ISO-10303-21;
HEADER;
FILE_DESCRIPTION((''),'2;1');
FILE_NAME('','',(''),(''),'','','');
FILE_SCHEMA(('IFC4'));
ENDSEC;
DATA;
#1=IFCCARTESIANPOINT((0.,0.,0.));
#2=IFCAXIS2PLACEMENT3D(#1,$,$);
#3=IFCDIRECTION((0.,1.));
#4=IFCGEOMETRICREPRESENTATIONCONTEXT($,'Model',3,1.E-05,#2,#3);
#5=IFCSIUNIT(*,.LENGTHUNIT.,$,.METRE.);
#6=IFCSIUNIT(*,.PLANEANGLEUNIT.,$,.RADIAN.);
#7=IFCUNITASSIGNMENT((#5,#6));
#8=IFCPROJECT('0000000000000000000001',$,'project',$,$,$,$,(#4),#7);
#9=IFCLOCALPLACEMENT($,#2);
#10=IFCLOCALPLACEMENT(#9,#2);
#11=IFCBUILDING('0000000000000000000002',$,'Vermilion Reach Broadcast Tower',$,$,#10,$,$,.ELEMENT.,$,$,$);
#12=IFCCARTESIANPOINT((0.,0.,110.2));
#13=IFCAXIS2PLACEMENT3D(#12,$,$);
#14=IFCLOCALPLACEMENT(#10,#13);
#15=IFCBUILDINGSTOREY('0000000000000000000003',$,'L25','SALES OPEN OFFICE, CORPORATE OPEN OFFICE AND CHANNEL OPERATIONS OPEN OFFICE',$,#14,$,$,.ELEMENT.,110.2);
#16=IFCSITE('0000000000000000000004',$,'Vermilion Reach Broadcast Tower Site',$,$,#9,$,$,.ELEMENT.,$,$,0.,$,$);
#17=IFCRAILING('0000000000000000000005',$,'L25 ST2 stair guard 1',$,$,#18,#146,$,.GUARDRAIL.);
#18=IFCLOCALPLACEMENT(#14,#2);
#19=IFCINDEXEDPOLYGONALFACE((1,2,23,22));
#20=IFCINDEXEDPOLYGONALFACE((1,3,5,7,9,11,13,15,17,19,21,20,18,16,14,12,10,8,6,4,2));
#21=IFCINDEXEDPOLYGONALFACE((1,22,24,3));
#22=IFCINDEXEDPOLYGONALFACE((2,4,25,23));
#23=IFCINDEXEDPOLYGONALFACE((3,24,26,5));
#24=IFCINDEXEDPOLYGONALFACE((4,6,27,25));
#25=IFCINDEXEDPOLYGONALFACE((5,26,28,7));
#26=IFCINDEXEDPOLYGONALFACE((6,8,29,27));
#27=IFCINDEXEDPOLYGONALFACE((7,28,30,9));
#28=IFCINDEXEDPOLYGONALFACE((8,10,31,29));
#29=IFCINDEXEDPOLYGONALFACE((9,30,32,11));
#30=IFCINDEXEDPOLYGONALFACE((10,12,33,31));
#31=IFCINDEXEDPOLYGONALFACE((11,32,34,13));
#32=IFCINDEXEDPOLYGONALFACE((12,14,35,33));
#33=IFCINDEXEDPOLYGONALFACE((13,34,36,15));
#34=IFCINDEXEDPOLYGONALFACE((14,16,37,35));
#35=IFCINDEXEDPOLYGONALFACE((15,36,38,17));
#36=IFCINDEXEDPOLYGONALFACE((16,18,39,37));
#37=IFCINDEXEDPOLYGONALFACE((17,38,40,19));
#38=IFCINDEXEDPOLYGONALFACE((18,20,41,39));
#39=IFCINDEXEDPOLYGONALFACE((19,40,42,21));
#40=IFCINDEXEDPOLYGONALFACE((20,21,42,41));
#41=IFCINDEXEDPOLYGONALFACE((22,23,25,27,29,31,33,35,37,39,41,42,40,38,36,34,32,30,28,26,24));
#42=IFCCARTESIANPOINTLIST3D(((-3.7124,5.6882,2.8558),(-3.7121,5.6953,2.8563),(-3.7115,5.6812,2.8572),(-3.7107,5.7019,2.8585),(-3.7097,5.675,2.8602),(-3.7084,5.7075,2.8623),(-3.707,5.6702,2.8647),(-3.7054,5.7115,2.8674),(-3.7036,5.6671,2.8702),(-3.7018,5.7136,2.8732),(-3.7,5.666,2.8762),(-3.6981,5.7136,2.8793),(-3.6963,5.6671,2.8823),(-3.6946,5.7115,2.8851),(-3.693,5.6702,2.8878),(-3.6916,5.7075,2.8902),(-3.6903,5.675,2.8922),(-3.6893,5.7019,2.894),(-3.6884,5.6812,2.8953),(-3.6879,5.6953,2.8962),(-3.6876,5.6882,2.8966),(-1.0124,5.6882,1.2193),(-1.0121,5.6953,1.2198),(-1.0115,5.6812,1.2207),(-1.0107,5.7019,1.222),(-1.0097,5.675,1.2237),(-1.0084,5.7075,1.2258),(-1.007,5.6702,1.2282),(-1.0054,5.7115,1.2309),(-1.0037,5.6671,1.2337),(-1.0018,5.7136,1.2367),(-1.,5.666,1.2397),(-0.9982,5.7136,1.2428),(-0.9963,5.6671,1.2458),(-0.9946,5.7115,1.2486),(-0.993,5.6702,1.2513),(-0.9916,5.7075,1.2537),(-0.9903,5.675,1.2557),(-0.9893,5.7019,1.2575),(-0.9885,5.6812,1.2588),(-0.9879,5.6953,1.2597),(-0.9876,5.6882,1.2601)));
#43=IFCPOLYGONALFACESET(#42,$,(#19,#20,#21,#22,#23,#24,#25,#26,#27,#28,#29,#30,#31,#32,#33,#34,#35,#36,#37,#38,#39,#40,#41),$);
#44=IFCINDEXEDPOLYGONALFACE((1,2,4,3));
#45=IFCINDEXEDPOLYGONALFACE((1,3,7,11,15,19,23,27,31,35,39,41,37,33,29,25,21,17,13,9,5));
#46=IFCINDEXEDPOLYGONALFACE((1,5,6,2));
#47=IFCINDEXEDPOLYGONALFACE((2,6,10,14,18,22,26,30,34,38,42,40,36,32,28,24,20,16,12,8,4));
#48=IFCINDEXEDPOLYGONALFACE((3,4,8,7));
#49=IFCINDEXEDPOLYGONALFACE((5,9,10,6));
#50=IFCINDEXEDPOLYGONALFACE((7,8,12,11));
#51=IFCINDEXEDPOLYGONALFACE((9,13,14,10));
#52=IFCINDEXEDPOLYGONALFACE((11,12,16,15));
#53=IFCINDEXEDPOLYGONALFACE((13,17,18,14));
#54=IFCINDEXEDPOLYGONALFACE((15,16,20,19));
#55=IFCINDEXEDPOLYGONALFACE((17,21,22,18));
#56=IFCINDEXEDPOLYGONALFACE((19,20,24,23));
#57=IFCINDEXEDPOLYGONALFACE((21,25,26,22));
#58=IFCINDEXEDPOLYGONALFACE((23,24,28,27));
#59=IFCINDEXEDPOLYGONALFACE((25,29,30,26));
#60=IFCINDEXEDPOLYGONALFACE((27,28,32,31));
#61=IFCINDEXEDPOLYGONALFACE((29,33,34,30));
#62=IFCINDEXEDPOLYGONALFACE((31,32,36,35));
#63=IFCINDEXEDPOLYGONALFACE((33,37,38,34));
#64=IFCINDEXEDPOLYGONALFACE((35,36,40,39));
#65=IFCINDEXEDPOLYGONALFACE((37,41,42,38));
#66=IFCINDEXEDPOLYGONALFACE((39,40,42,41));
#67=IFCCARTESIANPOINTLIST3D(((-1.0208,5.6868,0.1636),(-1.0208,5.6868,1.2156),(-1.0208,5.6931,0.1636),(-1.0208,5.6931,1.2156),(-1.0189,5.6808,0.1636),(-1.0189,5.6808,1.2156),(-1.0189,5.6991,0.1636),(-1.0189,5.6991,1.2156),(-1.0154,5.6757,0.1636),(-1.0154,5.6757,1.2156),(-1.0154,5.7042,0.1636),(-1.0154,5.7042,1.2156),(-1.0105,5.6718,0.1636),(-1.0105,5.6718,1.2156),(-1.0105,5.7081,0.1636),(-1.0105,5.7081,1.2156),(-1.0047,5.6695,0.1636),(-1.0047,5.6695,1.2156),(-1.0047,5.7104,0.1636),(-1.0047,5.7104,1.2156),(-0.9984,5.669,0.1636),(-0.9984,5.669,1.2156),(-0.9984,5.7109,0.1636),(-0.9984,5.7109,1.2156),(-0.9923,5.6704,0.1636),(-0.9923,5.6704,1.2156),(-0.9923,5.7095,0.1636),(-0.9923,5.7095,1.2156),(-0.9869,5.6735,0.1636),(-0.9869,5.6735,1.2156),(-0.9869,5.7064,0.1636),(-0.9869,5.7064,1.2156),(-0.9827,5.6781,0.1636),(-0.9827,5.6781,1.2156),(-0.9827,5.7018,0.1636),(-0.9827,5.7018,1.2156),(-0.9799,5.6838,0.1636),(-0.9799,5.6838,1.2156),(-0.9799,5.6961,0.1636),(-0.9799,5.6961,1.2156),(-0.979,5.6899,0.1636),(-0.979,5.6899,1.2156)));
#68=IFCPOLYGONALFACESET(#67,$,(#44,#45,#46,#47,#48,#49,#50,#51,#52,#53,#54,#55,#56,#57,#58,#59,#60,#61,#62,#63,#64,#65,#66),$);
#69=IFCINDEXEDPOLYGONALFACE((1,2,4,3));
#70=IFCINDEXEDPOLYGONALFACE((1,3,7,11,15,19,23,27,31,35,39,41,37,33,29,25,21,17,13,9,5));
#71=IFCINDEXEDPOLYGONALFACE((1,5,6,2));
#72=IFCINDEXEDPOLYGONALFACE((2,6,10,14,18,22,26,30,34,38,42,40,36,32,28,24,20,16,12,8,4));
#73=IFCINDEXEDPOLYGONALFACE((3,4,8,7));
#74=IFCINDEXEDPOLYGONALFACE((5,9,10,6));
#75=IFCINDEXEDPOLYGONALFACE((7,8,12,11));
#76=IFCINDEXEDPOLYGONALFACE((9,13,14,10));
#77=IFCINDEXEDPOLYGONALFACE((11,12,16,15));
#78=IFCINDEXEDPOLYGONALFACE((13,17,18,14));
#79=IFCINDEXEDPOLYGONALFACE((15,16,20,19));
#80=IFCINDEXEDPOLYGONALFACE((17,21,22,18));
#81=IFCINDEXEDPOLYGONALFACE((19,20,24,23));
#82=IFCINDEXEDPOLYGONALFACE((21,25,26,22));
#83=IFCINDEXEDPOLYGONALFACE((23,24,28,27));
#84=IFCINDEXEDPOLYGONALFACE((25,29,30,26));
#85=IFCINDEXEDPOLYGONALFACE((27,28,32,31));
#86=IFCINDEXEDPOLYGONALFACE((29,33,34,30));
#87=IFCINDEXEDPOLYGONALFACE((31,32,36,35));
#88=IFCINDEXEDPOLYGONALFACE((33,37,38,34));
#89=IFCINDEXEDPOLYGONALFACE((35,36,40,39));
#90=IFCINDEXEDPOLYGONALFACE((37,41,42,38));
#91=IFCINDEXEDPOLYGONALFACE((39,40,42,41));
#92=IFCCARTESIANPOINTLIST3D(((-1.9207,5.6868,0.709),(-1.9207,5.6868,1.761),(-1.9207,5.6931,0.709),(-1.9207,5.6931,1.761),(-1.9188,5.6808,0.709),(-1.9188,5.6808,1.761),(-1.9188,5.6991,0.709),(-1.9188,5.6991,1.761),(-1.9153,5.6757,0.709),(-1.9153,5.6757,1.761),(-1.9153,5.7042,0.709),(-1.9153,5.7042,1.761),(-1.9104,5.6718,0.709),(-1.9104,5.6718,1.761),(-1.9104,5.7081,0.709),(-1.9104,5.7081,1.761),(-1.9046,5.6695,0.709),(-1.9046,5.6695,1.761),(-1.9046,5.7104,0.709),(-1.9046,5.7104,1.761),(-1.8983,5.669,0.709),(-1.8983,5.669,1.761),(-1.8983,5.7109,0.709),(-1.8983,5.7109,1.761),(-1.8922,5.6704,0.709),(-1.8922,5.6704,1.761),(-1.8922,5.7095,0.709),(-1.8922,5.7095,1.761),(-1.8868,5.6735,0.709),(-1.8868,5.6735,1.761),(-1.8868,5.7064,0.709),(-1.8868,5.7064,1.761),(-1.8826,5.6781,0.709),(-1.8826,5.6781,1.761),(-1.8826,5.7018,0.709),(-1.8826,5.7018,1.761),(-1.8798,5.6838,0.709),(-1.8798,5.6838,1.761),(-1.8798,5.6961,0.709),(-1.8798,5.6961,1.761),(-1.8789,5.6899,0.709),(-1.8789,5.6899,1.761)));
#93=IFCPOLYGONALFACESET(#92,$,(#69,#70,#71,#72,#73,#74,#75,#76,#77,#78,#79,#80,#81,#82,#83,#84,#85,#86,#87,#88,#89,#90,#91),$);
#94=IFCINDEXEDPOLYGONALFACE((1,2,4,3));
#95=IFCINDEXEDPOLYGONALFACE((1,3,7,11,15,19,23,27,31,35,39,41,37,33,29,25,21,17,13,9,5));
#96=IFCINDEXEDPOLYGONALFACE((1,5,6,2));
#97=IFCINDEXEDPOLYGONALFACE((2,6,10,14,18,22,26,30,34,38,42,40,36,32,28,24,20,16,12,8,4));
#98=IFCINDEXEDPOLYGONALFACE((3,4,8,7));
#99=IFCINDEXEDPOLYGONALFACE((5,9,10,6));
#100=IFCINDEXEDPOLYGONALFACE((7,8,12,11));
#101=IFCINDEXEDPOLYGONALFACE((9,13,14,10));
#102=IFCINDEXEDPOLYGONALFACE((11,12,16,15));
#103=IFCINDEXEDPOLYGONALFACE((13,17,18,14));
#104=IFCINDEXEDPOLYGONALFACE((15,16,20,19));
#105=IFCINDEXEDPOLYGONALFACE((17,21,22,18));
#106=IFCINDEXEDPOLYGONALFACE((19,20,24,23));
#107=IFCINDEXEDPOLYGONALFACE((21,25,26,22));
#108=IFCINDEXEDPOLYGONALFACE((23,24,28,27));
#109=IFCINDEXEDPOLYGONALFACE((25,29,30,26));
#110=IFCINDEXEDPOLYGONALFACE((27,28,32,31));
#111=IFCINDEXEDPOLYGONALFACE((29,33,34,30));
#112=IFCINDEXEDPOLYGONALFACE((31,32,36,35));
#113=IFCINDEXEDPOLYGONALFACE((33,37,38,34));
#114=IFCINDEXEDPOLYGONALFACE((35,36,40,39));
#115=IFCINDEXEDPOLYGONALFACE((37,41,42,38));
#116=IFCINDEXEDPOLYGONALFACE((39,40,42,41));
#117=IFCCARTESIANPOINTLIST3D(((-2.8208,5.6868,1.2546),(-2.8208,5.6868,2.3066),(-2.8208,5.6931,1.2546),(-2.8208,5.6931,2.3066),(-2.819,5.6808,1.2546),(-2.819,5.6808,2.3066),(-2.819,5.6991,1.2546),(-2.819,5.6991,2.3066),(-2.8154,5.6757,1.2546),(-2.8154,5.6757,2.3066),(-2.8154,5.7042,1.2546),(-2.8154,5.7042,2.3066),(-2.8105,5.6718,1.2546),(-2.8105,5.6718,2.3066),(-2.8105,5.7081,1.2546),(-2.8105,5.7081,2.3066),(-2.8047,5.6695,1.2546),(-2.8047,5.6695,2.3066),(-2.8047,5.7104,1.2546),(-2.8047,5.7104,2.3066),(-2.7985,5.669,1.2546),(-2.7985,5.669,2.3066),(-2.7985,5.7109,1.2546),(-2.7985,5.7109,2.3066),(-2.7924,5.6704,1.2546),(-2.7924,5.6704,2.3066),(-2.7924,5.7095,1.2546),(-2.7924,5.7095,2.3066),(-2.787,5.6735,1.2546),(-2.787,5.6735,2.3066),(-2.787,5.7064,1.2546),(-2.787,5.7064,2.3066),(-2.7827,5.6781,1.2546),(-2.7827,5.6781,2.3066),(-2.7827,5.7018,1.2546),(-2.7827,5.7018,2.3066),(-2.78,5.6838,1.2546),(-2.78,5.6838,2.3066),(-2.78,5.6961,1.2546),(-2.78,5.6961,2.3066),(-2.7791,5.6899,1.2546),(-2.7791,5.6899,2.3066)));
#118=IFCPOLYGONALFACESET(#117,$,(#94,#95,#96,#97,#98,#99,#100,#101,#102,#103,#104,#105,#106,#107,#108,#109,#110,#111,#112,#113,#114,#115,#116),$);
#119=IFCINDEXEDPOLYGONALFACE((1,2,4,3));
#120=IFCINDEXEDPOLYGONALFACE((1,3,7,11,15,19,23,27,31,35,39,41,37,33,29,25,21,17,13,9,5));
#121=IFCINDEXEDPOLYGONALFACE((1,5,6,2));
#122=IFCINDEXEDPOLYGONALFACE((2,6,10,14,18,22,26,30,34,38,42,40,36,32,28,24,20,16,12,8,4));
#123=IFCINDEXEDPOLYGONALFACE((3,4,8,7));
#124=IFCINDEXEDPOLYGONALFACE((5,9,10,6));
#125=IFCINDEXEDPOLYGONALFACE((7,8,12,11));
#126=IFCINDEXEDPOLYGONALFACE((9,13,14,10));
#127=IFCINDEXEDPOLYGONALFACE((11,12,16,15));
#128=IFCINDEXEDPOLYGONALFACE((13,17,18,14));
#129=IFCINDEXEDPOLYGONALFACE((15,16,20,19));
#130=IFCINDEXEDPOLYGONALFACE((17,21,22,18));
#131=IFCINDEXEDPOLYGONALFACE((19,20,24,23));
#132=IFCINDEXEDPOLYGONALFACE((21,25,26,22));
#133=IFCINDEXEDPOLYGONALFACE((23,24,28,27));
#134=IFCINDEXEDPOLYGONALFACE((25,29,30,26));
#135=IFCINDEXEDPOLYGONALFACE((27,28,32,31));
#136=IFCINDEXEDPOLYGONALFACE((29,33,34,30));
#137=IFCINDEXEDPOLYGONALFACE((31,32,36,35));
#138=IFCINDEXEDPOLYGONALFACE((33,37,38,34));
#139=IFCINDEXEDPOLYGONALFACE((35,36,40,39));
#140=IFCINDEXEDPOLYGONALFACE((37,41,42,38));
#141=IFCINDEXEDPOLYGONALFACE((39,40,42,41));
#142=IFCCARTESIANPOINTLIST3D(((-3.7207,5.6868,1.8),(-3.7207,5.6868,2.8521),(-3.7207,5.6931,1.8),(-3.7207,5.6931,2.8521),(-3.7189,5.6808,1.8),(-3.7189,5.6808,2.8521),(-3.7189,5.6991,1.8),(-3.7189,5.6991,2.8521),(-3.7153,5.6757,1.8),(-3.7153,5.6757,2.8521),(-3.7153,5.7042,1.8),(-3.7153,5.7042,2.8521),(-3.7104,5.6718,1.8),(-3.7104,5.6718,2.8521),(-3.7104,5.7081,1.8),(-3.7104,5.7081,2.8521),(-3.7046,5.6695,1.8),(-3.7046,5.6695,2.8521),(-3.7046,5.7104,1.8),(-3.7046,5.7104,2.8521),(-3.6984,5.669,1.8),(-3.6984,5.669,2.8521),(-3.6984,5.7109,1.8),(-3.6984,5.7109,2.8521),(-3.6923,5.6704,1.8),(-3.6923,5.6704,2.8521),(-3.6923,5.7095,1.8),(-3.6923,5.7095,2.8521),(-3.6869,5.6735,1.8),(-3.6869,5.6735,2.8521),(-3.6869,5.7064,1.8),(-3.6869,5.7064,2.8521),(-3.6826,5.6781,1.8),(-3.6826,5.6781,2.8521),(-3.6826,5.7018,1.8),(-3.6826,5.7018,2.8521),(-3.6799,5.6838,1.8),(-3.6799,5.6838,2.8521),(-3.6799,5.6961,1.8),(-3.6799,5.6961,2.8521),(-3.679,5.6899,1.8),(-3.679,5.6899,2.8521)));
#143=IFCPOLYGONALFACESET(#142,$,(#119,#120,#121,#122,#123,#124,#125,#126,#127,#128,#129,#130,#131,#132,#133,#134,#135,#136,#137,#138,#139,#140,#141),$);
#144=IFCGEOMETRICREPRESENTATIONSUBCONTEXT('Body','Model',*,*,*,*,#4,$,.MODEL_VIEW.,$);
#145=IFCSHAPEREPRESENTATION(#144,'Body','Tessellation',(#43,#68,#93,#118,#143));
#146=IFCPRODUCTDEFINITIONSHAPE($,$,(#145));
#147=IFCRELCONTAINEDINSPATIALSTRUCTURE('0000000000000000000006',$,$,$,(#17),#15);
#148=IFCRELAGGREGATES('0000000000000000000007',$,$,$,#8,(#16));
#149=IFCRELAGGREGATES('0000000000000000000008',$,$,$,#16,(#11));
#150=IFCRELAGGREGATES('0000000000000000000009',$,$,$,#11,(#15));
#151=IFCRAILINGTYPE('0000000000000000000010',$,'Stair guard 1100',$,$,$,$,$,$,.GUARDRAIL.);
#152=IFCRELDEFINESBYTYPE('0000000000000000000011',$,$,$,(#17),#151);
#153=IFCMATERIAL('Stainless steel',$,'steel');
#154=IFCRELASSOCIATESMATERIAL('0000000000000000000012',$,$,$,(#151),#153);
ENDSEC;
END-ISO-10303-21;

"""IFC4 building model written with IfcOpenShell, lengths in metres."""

from ifc_helpers import new_model, si_unit, direction, frame, origin, origin_2d, place, context, subcontext, project, spatial, circle, extrude, material, type_object, element, save


model = new_model("IFC4")

# Units and contexts
model_context = context("Model", 3, precision=1e-05, world=origin(), true_north=direction((0.0, 1.0)))
body_context = subcontext(model_context, "Body", "Model", "MODEL_VIEW")
ifc_project = project(units=[si_unit("LENGTHUNIT", "METRE"), si_unit("PLANEANGLEUNIT", "RADIAN")], contexts=[model_context])

# Site, building, storey
site_placement = place(None, origin())
site = spatial("IfcSite", under=ifc_project, at=site_placement, Name="Vermilion Reach Broadcast Tower Site", CompositionType="ELEMENT", RefElevation=0.0)
building_placement = place(site_placement, origin())
building = spatial("IfcBuilding", under=site, at=building_placement, Name="Vermilion Reach Broadcast Tower", CompositionType="ELEMENT")
storey_placement = place(building_placement, frame((0.0, 0.0, 110.2)))
storey = spatial("IfcBuildingStorey", under=building, at=storey_placement, Name="L25", Description="SALES OPEN OFFICE, CORPORATE OPEN OFFICE AND CHANNEL OPERATIONS OPEN OFFICE", CompositionType="ELEMENT", Elevation=110.2)

# Railing
ifc_material_1 = material(Name="Stainless steel", Category="steel")
railing_type_1 = type_object("IfcRailingType", Name="Stair guard 1100", PredefinedType="GUARDRAIL", material=ifc_material_1)
railing_1_placement = place(storey_placement, frame((-1.0, 5.6899, 0.1636)))
element("IfcRailing", 1, at=railing_1_placement, inside=storey, type_object=railing_type_1, Name="L25 ST2 stair guard 1", PredefinedType="GUARDRAIL", context=body_context, shape_type="SweptSolid", body=[
    extrude(circle(Radius=0.0239, at=origin_2d()), frame((0.0, 0.0, 1.0762), z_axis=(-0.855178, 0.0, 0.518334), x_axis=(0.0, -1.0, 0.0)), (0.0, 0.0, 1.0), 3.1572),
    extrude(circle(Radius=0.021, at=origin_2d()), origin(), (0.0, 0.0, 1.0), 1.052),
    extrude(circle(Radius=0.021, at=origin_2d()), frame((-0.8999, 0.0, 0.5454)), (0.0, 0.0, 1.0), 1.052),
    extrude(circle(Radius=0.021, at=origin_2d()), frame((-1.8, 0.0, 1.0911)), (0.0, 0.0, 1.0), 1.052),
    extrude(circle(Radius=0.021, at=origin_2d()), frame((-2.7, 0.0, 1.6365)), (0.0, 0.0, 1.0), 1.052),
])

save(model, "model.ifc")
